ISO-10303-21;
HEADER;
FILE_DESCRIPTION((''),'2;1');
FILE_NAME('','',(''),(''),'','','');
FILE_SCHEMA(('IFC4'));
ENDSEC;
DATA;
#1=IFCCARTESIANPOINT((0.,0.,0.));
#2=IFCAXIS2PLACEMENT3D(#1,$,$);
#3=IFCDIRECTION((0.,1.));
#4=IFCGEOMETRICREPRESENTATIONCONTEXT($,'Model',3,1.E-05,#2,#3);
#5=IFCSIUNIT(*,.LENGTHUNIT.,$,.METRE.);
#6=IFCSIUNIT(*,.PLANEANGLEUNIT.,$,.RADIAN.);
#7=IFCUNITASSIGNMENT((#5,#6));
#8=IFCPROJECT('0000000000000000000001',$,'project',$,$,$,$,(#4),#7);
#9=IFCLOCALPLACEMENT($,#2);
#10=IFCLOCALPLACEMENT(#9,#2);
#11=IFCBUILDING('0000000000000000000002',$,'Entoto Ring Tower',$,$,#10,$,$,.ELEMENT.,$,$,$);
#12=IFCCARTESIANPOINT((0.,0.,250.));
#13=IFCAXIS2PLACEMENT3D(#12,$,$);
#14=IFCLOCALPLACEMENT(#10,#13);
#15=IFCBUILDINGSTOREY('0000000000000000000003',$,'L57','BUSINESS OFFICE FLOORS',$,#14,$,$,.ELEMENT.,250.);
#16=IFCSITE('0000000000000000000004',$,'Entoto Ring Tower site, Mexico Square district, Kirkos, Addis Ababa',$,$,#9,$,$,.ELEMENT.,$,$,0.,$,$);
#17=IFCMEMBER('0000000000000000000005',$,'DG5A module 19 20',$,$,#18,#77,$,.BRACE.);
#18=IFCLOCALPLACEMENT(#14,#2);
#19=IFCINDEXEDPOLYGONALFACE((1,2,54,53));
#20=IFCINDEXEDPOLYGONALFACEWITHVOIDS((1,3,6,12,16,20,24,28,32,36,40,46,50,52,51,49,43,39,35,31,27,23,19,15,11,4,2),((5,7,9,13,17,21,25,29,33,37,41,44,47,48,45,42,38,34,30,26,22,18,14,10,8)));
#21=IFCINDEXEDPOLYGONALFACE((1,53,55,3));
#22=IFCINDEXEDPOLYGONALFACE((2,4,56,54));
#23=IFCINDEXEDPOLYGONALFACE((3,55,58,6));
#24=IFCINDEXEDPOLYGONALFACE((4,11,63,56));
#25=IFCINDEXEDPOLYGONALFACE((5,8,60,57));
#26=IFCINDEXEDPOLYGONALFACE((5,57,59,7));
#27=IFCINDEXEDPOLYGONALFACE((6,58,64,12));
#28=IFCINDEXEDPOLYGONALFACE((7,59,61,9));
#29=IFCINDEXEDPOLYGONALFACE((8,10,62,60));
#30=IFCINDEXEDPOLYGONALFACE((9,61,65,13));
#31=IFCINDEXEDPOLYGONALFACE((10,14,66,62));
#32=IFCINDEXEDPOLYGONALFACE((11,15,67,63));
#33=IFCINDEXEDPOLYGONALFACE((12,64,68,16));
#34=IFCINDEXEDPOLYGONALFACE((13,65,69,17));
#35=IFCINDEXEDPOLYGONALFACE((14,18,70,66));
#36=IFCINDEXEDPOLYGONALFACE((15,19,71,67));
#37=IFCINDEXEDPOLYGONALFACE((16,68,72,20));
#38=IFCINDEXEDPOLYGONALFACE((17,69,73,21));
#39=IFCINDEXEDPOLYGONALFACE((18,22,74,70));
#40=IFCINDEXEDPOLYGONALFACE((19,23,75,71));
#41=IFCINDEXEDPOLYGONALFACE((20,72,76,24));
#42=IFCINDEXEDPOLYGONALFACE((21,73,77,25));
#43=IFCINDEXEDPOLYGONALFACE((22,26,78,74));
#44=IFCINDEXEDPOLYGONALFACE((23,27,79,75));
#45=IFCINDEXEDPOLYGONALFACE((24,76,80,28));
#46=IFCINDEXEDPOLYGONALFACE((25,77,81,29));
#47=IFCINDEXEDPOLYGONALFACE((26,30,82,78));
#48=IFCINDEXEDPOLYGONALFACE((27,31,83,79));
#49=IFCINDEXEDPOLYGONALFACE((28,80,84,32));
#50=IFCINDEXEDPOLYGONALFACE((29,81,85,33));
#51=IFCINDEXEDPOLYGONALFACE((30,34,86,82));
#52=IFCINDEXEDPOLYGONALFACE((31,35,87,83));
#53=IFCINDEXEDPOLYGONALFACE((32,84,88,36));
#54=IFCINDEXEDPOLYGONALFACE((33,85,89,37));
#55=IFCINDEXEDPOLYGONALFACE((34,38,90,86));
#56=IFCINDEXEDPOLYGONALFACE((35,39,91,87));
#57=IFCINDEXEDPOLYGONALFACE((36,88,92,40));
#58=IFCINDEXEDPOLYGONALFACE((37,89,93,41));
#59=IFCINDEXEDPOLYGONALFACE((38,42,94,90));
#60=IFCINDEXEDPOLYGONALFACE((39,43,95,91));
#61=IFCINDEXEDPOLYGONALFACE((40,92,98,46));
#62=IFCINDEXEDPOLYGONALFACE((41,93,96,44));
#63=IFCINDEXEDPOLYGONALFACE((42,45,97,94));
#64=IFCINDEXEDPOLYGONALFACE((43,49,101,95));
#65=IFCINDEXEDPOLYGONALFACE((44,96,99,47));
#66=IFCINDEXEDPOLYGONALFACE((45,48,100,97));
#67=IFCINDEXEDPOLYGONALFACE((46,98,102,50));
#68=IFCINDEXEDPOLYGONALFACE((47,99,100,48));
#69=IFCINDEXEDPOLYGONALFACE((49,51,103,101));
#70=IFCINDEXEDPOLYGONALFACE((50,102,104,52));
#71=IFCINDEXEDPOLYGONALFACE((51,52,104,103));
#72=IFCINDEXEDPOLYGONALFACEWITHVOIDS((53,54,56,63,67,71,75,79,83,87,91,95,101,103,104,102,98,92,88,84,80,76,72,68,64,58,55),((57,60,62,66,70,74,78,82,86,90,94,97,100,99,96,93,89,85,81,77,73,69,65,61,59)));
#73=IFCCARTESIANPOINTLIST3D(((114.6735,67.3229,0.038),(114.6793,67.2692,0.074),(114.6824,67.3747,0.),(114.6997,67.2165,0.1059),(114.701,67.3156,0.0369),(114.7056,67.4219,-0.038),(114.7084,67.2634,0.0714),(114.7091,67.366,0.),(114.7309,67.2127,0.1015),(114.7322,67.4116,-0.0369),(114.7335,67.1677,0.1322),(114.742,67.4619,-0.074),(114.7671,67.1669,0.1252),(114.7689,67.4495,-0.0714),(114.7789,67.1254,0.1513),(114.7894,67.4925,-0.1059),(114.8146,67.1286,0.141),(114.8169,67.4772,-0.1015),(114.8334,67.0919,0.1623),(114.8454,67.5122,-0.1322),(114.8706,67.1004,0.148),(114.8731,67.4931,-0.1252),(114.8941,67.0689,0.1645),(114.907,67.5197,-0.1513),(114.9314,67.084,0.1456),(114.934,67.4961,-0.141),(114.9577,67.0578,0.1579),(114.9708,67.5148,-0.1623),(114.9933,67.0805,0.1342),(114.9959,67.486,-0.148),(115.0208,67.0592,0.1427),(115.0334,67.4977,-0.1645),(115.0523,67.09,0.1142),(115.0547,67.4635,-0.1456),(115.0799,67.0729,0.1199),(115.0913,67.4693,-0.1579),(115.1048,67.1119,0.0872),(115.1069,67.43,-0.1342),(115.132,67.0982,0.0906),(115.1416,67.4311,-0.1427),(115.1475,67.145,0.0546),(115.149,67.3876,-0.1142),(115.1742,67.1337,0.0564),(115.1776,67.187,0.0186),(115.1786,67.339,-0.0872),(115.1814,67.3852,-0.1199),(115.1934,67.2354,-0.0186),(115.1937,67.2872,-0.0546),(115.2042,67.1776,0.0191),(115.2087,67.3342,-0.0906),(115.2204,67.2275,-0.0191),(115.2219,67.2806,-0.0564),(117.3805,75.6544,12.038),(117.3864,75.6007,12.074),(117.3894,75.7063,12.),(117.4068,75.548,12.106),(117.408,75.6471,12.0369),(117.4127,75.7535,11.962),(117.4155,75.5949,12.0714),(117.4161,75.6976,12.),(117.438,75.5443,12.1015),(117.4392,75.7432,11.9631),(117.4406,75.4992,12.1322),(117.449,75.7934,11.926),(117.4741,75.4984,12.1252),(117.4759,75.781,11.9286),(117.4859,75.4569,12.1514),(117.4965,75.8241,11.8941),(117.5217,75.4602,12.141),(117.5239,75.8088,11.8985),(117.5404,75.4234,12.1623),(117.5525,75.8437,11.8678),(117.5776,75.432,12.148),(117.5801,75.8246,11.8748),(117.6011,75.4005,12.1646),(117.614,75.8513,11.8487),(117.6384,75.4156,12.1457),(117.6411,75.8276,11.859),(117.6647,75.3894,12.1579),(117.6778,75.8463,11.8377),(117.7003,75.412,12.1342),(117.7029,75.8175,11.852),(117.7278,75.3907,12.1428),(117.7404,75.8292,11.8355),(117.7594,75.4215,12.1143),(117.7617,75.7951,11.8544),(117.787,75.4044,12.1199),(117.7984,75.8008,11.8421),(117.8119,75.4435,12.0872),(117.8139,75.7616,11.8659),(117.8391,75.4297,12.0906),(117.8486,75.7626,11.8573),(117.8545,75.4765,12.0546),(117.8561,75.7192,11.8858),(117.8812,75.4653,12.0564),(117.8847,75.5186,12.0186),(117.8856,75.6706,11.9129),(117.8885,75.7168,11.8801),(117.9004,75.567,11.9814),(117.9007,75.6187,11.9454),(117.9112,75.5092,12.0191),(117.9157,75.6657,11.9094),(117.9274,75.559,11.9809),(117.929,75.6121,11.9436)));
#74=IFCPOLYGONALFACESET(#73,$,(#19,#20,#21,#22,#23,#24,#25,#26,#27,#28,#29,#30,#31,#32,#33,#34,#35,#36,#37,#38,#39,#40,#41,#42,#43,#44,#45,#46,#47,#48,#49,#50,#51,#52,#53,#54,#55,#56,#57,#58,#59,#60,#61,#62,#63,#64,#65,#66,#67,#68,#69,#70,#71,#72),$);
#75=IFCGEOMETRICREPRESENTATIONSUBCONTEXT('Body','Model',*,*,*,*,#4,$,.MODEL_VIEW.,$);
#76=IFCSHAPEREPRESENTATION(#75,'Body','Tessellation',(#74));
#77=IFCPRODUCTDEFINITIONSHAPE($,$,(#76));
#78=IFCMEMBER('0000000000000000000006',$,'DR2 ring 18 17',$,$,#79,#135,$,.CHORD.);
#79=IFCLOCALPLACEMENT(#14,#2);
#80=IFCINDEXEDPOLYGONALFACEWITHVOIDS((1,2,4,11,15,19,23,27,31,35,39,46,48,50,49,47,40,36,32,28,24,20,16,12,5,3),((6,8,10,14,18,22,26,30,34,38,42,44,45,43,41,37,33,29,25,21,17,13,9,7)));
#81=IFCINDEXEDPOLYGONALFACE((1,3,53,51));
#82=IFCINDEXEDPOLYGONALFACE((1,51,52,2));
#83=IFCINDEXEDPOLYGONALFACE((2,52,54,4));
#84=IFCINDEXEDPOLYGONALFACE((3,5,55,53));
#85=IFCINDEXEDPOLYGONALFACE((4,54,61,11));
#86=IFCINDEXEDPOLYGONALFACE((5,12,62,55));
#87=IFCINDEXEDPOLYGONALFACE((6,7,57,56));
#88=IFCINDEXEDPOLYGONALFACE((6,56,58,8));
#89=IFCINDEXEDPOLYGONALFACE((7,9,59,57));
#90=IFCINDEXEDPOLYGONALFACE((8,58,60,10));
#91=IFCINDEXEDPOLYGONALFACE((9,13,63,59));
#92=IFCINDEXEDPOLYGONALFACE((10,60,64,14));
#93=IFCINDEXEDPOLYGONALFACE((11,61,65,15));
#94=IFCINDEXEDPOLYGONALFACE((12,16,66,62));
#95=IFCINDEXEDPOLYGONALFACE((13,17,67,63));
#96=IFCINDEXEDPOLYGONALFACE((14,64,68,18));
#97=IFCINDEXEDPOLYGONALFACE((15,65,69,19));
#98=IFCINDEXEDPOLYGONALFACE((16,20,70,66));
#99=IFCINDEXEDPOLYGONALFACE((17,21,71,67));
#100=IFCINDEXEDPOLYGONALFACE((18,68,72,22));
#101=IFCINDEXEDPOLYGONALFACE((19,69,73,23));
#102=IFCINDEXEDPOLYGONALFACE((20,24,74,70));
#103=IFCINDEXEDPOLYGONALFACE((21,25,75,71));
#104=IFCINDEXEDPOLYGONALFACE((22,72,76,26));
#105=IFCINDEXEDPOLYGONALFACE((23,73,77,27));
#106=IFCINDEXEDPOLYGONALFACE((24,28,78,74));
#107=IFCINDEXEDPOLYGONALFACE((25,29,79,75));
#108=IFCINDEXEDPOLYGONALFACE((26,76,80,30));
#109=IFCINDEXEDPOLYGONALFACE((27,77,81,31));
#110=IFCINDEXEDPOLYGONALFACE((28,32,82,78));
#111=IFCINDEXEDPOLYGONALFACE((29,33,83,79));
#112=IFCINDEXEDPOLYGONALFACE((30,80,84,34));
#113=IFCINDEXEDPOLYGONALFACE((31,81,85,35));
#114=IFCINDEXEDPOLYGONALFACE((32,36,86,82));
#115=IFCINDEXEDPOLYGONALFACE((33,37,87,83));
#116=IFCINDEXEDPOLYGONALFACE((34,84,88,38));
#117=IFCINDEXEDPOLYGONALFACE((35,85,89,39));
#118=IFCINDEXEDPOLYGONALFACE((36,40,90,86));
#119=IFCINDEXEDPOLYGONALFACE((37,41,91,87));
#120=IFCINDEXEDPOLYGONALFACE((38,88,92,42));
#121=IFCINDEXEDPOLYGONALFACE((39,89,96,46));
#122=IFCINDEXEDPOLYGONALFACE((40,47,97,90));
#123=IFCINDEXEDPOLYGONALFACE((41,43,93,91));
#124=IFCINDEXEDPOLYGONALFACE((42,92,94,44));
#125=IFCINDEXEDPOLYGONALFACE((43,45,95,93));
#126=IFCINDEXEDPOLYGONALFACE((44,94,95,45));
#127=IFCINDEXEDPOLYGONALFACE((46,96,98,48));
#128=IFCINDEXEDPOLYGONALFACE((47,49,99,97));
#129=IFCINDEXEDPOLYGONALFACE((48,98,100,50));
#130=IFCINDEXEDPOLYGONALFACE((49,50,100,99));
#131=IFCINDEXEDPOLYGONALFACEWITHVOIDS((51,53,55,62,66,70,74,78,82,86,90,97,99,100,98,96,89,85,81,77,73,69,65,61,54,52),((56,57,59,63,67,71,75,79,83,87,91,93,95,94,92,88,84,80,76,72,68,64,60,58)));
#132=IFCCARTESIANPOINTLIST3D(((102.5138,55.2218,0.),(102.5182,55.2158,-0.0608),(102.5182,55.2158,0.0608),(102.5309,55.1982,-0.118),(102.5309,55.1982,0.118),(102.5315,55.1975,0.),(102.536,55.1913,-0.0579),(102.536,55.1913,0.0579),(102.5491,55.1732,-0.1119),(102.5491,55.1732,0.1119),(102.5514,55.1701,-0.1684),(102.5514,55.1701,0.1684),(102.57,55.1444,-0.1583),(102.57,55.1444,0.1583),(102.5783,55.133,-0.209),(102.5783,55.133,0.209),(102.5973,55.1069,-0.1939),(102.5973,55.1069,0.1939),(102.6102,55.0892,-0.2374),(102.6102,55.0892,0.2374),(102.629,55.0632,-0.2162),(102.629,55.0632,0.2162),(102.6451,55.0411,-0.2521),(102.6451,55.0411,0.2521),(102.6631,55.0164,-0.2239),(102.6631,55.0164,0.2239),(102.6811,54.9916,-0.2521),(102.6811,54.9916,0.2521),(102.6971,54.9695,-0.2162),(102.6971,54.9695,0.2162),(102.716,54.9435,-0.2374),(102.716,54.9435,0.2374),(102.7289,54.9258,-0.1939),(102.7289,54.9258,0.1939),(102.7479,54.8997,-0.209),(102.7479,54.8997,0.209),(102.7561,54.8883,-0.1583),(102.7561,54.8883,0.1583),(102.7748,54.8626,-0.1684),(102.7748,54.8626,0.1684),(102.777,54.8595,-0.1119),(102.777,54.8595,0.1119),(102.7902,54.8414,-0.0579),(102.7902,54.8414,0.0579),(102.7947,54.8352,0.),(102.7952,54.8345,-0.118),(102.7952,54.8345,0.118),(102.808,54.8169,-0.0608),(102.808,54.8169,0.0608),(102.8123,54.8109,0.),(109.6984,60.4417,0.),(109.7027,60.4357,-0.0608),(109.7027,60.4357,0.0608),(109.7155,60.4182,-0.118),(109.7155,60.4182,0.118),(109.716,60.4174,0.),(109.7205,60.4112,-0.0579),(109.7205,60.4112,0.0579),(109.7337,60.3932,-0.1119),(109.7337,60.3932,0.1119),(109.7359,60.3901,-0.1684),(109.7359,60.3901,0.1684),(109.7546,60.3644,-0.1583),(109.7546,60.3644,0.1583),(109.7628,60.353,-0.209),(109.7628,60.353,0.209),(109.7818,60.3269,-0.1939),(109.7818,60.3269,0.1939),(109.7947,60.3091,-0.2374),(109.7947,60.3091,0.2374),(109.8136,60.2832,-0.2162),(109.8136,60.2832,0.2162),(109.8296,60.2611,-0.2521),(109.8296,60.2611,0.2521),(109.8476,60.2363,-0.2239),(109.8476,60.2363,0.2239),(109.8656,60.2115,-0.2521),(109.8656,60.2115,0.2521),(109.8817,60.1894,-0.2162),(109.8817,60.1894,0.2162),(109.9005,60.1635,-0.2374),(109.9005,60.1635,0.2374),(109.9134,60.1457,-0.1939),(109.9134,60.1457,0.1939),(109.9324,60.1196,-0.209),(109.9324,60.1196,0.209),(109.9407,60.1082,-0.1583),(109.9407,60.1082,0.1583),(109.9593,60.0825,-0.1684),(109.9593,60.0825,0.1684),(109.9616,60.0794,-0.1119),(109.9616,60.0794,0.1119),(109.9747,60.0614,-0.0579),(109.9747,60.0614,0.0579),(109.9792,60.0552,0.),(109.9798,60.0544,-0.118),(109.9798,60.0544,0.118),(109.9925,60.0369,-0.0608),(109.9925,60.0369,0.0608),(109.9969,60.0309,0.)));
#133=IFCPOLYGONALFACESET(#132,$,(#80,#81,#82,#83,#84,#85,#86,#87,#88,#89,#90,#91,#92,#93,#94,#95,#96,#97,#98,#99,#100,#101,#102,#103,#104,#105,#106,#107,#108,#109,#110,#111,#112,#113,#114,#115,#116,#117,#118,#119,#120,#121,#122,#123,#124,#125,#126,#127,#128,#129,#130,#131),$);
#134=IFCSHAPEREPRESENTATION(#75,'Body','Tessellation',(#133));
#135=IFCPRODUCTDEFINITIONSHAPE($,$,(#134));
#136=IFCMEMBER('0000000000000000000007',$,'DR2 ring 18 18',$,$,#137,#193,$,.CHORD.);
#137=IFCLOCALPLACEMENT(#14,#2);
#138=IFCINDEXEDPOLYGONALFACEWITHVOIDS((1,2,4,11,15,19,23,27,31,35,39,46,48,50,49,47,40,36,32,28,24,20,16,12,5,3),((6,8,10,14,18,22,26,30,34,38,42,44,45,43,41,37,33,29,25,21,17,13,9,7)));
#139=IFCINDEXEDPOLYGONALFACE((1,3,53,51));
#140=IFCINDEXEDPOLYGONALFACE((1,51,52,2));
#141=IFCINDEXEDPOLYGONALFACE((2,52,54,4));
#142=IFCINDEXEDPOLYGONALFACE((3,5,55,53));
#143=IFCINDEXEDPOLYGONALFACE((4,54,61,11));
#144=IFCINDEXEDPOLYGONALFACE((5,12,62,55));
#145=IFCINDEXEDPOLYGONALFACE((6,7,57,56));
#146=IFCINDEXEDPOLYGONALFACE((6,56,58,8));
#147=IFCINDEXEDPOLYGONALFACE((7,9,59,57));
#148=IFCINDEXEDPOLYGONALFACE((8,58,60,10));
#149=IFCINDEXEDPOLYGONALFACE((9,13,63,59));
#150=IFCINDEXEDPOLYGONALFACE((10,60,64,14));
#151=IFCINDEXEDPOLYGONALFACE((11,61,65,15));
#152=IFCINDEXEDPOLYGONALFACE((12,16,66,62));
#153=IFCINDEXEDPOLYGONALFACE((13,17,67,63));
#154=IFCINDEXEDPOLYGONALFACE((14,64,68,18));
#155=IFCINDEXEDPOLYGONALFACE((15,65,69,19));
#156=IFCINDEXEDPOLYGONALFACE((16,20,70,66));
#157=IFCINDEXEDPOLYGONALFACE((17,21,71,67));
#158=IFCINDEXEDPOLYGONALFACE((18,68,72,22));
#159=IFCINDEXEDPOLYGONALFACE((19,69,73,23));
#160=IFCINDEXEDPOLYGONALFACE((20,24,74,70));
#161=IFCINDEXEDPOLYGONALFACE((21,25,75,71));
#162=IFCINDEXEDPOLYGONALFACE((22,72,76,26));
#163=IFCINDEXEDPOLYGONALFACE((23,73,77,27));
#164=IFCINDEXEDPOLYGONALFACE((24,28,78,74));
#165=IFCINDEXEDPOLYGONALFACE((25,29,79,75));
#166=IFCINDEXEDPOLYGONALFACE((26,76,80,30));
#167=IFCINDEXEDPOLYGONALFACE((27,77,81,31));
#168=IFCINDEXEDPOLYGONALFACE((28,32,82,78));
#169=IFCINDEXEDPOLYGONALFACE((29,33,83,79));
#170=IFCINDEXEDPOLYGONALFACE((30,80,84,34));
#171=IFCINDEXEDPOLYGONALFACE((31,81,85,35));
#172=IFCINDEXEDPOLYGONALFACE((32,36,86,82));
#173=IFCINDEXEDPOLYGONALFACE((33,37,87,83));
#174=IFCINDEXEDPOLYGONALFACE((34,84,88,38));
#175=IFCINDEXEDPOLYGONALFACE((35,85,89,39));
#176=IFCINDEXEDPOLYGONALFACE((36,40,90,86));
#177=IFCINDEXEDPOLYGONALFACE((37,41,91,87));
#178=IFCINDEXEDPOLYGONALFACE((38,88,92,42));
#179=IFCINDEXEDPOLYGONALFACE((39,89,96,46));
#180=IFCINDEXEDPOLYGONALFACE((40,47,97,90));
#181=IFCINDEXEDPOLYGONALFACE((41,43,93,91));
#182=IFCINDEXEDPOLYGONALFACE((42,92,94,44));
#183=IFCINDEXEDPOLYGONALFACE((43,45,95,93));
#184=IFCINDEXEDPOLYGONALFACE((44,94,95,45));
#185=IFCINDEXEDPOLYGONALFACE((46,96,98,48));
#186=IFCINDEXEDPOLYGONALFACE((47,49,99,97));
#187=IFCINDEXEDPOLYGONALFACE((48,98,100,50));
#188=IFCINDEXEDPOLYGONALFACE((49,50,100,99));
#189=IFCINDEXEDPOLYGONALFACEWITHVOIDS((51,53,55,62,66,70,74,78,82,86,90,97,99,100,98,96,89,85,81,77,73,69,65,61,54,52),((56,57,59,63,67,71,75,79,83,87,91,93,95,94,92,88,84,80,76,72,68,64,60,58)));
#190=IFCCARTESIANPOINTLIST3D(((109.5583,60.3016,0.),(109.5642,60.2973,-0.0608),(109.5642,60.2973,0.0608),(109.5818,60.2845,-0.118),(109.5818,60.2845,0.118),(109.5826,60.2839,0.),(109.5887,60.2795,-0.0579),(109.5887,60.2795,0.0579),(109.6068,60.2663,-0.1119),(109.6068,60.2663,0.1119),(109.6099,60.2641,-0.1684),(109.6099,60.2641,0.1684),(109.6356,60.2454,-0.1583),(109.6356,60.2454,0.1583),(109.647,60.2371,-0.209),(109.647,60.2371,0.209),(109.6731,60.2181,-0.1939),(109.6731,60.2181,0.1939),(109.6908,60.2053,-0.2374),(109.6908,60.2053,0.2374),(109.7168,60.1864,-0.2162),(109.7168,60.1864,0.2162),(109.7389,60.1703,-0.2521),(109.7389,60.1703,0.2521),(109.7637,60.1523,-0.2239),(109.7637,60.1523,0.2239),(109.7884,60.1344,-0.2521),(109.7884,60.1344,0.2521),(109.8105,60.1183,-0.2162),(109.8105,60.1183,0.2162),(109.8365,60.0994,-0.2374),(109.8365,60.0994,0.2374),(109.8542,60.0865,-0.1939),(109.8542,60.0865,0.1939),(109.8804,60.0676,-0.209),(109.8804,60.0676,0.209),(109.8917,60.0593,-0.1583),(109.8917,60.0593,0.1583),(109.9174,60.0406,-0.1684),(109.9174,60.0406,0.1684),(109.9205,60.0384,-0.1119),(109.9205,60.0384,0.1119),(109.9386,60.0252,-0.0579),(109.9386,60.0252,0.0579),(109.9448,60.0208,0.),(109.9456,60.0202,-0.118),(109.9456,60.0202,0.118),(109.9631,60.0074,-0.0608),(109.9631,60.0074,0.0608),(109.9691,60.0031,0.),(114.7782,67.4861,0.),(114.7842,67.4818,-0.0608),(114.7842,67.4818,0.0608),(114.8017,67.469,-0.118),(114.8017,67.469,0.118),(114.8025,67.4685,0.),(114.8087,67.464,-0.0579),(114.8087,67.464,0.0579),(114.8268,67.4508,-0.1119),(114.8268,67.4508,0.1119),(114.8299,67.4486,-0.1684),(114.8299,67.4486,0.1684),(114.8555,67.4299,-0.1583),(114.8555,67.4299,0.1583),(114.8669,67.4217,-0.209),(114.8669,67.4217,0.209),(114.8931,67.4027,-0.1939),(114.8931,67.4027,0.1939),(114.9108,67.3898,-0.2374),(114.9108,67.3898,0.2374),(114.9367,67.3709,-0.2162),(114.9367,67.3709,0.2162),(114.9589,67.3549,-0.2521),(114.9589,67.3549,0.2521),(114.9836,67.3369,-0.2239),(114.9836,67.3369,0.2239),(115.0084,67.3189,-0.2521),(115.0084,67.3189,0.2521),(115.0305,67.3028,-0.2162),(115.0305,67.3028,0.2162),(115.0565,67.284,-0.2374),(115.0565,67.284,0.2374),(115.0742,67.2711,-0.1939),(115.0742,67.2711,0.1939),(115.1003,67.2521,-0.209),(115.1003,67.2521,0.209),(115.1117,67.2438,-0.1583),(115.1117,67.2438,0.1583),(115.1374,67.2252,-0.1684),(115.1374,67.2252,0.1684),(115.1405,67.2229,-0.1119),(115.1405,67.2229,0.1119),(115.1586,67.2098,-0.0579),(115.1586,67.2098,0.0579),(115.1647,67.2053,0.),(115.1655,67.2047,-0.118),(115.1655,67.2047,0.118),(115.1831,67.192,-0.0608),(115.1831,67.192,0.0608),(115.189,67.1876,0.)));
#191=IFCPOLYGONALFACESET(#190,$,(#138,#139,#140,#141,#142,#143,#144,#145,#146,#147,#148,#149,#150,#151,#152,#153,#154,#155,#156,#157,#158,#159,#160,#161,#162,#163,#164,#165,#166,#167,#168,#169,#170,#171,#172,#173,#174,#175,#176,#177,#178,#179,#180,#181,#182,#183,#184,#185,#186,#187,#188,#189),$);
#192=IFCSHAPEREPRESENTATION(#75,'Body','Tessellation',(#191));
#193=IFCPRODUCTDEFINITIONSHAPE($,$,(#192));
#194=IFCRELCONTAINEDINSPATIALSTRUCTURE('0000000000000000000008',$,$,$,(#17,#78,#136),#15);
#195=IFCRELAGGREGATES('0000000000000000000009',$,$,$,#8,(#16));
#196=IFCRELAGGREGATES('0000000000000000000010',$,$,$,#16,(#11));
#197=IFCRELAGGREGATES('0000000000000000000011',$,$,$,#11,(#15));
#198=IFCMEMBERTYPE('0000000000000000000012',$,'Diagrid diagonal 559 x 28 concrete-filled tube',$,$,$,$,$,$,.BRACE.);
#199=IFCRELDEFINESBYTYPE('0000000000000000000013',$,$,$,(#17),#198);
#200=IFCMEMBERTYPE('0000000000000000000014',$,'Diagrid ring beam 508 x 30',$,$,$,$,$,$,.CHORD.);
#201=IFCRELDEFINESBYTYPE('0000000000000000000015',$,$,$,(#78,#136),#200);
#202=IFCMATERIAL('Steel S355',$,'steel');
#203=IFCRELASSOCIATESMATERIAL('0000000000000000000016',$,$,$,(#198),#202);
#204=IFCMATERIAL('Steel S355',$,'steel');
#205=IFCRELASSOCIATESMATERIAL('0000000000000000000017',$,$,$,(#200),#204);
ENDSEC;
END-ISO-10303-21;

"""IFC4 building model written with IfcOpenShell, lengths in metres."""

from ifc_helpers import new_model, si_unit, direction, frame, origin, origin_2d, place, context, subcontext, project, spatial, circle, hollow_circle, extrude, material, material_profile, profile_set, type_object, element, save


model = new_model("IFC4")

# Units and contexts
model_context = context("Model", 3, precision=1e-05, world=origin(), true_north=direction((0.0, 1.0)))
body_context = subcontext(model_context, "Body", "Model", "MODEL_VIEW")
ifc_project = project(units=[si_unit("LENGTHUNIT", "METRE"), si_unit("PLANEANGLEUNIT", "RADIAN")], contexts=[model_context])

# Site, building, storey
site_placement = place(None, origin())
site = spatial("IfcSite", under=ifc_project, at=site_placement, Name="Entoto Ring Tower site, Mexico Square district, Kirkos, Addis Ababa", CompositionType="ELEMENT", RefElevation=0.0)
building_placement = place(site_placement, origin())
building = spatial("IfcBuilding", under=site, at=building_placement, Name="Entoto Ring Tower", CompositionType="ELEMENT")
storey_placement = place(building_placement, frame((0.0, 0.0, 250.0)))
storey = spatial("IfcBuildingStorey", under=building, at=storey_placement, Name="L57", Description="BUSINESS OFFICE FLOORS", CompositionType="ELEMENT", Elevation=250.0)

# Members
ifc_material_1 = material(Name="Steel S355", Category="steel")
ifc_material_profile_1 = material_profile(ifc_material_1, hollow_circle(Radius=0.2795, WallThickness=0.0281, at=origin_2d()), Name="CHS 559 x 28")
ifc_material_2 = material(Name="Concrete C60/75", Category="concrete")
ifc_material_profile_2 = material_profile(ifc_material_2, circle(Radius=0.2515, at=origin_2d()), Name="Concrete C60/75 infill")
ifc_profile_set_1 = profile_set([ifc_material_profile_1, ifc_material_profile_2], Name="Steel S355")
member_type_1 = type_object("IfcMemberType", Name="Diagrid diagonal 559 x 28 concrete-filled tube", PredefinedType="BRACE", material=ifc_profile_set_1)
for number, where, z_axis, x_axis, name in (
    (1, (114.9482, 67.2883, 0.0), (0.182201, 0.560767, 0.807678), (-0.951058, 0.309012, 0.0), "DG5A module 19 20"),
):
    element("IfcMember", number, at=place(storey_placement, frame(where, z_axis=z_axis, x_axis=x_axis)), inside=storey, type_object=member_type_1, Name=name, PredefinedType="BRACE", context=body_context, shape_type="SweptSolid", body=[
        extrude(hollow_circle(Radius=0.2795, WallThickness=0.0281, at=origin_2d()), origin(), (0.0, 0.0, 1.0), 14.8574),
    ])
ifc_material_3 = material(Name="Steel S355", Category="steel")
ifc_material_profile_3 = material_profile(ifc_material_3, hollow_circle(Radius=0.2539, WallThickness=0.03, at=origin_2d()), Name="CHS 508 x 30")
ifc_material_4 = material(Name="Concrete C60/75", Category="concrete")
ifc_material_profile_4 = material_profile(ifc_material_4, circle(Radius=0.2241, at=origin_2d()), Name="Concrete C60/75 infill")
ifc_profile_set_2 = profile_set([ifc_material_profile_3, ifc_material_profile_4], Name="Steel S355")
member_type_2 = type_object("IfcMemberType", Name="Diagrid ring beam 508 x 30", PredefinedType="CHORD", material=ifc_profile_set_2)
for number, where, z_axis, x_axis, name in (
    (2, (102.6631, 55.0164, 0.0), (0.809013, 0.587791, 0.0), (-0.587791, 0.809013, 0.0), "DR2 ring 18 17"),
    (3, (109.7637, 60.1523, 0.0), (0.587791, 0.809013, 0.0), (-0.809013, 0.587791, 0.0), "DR2 ring 18 18"),
):
    element("IfcMember", number, at=place(storey_placement, frame(where, z_axis=z_axis, x_axis=x_axis)), inside=storey, type_object=member_type_2, Name=name, PredefinedType="CHORD", context=body_context, shape_type="SweptSolid", body=[
        extrude(hollow_circle(Radius=0.2539, WallThickness=0.03, at=origin_2d()), origin(), (0.0, 0.0, 1.0), 8.8806),
    ])

save(model, "model.ifc")
